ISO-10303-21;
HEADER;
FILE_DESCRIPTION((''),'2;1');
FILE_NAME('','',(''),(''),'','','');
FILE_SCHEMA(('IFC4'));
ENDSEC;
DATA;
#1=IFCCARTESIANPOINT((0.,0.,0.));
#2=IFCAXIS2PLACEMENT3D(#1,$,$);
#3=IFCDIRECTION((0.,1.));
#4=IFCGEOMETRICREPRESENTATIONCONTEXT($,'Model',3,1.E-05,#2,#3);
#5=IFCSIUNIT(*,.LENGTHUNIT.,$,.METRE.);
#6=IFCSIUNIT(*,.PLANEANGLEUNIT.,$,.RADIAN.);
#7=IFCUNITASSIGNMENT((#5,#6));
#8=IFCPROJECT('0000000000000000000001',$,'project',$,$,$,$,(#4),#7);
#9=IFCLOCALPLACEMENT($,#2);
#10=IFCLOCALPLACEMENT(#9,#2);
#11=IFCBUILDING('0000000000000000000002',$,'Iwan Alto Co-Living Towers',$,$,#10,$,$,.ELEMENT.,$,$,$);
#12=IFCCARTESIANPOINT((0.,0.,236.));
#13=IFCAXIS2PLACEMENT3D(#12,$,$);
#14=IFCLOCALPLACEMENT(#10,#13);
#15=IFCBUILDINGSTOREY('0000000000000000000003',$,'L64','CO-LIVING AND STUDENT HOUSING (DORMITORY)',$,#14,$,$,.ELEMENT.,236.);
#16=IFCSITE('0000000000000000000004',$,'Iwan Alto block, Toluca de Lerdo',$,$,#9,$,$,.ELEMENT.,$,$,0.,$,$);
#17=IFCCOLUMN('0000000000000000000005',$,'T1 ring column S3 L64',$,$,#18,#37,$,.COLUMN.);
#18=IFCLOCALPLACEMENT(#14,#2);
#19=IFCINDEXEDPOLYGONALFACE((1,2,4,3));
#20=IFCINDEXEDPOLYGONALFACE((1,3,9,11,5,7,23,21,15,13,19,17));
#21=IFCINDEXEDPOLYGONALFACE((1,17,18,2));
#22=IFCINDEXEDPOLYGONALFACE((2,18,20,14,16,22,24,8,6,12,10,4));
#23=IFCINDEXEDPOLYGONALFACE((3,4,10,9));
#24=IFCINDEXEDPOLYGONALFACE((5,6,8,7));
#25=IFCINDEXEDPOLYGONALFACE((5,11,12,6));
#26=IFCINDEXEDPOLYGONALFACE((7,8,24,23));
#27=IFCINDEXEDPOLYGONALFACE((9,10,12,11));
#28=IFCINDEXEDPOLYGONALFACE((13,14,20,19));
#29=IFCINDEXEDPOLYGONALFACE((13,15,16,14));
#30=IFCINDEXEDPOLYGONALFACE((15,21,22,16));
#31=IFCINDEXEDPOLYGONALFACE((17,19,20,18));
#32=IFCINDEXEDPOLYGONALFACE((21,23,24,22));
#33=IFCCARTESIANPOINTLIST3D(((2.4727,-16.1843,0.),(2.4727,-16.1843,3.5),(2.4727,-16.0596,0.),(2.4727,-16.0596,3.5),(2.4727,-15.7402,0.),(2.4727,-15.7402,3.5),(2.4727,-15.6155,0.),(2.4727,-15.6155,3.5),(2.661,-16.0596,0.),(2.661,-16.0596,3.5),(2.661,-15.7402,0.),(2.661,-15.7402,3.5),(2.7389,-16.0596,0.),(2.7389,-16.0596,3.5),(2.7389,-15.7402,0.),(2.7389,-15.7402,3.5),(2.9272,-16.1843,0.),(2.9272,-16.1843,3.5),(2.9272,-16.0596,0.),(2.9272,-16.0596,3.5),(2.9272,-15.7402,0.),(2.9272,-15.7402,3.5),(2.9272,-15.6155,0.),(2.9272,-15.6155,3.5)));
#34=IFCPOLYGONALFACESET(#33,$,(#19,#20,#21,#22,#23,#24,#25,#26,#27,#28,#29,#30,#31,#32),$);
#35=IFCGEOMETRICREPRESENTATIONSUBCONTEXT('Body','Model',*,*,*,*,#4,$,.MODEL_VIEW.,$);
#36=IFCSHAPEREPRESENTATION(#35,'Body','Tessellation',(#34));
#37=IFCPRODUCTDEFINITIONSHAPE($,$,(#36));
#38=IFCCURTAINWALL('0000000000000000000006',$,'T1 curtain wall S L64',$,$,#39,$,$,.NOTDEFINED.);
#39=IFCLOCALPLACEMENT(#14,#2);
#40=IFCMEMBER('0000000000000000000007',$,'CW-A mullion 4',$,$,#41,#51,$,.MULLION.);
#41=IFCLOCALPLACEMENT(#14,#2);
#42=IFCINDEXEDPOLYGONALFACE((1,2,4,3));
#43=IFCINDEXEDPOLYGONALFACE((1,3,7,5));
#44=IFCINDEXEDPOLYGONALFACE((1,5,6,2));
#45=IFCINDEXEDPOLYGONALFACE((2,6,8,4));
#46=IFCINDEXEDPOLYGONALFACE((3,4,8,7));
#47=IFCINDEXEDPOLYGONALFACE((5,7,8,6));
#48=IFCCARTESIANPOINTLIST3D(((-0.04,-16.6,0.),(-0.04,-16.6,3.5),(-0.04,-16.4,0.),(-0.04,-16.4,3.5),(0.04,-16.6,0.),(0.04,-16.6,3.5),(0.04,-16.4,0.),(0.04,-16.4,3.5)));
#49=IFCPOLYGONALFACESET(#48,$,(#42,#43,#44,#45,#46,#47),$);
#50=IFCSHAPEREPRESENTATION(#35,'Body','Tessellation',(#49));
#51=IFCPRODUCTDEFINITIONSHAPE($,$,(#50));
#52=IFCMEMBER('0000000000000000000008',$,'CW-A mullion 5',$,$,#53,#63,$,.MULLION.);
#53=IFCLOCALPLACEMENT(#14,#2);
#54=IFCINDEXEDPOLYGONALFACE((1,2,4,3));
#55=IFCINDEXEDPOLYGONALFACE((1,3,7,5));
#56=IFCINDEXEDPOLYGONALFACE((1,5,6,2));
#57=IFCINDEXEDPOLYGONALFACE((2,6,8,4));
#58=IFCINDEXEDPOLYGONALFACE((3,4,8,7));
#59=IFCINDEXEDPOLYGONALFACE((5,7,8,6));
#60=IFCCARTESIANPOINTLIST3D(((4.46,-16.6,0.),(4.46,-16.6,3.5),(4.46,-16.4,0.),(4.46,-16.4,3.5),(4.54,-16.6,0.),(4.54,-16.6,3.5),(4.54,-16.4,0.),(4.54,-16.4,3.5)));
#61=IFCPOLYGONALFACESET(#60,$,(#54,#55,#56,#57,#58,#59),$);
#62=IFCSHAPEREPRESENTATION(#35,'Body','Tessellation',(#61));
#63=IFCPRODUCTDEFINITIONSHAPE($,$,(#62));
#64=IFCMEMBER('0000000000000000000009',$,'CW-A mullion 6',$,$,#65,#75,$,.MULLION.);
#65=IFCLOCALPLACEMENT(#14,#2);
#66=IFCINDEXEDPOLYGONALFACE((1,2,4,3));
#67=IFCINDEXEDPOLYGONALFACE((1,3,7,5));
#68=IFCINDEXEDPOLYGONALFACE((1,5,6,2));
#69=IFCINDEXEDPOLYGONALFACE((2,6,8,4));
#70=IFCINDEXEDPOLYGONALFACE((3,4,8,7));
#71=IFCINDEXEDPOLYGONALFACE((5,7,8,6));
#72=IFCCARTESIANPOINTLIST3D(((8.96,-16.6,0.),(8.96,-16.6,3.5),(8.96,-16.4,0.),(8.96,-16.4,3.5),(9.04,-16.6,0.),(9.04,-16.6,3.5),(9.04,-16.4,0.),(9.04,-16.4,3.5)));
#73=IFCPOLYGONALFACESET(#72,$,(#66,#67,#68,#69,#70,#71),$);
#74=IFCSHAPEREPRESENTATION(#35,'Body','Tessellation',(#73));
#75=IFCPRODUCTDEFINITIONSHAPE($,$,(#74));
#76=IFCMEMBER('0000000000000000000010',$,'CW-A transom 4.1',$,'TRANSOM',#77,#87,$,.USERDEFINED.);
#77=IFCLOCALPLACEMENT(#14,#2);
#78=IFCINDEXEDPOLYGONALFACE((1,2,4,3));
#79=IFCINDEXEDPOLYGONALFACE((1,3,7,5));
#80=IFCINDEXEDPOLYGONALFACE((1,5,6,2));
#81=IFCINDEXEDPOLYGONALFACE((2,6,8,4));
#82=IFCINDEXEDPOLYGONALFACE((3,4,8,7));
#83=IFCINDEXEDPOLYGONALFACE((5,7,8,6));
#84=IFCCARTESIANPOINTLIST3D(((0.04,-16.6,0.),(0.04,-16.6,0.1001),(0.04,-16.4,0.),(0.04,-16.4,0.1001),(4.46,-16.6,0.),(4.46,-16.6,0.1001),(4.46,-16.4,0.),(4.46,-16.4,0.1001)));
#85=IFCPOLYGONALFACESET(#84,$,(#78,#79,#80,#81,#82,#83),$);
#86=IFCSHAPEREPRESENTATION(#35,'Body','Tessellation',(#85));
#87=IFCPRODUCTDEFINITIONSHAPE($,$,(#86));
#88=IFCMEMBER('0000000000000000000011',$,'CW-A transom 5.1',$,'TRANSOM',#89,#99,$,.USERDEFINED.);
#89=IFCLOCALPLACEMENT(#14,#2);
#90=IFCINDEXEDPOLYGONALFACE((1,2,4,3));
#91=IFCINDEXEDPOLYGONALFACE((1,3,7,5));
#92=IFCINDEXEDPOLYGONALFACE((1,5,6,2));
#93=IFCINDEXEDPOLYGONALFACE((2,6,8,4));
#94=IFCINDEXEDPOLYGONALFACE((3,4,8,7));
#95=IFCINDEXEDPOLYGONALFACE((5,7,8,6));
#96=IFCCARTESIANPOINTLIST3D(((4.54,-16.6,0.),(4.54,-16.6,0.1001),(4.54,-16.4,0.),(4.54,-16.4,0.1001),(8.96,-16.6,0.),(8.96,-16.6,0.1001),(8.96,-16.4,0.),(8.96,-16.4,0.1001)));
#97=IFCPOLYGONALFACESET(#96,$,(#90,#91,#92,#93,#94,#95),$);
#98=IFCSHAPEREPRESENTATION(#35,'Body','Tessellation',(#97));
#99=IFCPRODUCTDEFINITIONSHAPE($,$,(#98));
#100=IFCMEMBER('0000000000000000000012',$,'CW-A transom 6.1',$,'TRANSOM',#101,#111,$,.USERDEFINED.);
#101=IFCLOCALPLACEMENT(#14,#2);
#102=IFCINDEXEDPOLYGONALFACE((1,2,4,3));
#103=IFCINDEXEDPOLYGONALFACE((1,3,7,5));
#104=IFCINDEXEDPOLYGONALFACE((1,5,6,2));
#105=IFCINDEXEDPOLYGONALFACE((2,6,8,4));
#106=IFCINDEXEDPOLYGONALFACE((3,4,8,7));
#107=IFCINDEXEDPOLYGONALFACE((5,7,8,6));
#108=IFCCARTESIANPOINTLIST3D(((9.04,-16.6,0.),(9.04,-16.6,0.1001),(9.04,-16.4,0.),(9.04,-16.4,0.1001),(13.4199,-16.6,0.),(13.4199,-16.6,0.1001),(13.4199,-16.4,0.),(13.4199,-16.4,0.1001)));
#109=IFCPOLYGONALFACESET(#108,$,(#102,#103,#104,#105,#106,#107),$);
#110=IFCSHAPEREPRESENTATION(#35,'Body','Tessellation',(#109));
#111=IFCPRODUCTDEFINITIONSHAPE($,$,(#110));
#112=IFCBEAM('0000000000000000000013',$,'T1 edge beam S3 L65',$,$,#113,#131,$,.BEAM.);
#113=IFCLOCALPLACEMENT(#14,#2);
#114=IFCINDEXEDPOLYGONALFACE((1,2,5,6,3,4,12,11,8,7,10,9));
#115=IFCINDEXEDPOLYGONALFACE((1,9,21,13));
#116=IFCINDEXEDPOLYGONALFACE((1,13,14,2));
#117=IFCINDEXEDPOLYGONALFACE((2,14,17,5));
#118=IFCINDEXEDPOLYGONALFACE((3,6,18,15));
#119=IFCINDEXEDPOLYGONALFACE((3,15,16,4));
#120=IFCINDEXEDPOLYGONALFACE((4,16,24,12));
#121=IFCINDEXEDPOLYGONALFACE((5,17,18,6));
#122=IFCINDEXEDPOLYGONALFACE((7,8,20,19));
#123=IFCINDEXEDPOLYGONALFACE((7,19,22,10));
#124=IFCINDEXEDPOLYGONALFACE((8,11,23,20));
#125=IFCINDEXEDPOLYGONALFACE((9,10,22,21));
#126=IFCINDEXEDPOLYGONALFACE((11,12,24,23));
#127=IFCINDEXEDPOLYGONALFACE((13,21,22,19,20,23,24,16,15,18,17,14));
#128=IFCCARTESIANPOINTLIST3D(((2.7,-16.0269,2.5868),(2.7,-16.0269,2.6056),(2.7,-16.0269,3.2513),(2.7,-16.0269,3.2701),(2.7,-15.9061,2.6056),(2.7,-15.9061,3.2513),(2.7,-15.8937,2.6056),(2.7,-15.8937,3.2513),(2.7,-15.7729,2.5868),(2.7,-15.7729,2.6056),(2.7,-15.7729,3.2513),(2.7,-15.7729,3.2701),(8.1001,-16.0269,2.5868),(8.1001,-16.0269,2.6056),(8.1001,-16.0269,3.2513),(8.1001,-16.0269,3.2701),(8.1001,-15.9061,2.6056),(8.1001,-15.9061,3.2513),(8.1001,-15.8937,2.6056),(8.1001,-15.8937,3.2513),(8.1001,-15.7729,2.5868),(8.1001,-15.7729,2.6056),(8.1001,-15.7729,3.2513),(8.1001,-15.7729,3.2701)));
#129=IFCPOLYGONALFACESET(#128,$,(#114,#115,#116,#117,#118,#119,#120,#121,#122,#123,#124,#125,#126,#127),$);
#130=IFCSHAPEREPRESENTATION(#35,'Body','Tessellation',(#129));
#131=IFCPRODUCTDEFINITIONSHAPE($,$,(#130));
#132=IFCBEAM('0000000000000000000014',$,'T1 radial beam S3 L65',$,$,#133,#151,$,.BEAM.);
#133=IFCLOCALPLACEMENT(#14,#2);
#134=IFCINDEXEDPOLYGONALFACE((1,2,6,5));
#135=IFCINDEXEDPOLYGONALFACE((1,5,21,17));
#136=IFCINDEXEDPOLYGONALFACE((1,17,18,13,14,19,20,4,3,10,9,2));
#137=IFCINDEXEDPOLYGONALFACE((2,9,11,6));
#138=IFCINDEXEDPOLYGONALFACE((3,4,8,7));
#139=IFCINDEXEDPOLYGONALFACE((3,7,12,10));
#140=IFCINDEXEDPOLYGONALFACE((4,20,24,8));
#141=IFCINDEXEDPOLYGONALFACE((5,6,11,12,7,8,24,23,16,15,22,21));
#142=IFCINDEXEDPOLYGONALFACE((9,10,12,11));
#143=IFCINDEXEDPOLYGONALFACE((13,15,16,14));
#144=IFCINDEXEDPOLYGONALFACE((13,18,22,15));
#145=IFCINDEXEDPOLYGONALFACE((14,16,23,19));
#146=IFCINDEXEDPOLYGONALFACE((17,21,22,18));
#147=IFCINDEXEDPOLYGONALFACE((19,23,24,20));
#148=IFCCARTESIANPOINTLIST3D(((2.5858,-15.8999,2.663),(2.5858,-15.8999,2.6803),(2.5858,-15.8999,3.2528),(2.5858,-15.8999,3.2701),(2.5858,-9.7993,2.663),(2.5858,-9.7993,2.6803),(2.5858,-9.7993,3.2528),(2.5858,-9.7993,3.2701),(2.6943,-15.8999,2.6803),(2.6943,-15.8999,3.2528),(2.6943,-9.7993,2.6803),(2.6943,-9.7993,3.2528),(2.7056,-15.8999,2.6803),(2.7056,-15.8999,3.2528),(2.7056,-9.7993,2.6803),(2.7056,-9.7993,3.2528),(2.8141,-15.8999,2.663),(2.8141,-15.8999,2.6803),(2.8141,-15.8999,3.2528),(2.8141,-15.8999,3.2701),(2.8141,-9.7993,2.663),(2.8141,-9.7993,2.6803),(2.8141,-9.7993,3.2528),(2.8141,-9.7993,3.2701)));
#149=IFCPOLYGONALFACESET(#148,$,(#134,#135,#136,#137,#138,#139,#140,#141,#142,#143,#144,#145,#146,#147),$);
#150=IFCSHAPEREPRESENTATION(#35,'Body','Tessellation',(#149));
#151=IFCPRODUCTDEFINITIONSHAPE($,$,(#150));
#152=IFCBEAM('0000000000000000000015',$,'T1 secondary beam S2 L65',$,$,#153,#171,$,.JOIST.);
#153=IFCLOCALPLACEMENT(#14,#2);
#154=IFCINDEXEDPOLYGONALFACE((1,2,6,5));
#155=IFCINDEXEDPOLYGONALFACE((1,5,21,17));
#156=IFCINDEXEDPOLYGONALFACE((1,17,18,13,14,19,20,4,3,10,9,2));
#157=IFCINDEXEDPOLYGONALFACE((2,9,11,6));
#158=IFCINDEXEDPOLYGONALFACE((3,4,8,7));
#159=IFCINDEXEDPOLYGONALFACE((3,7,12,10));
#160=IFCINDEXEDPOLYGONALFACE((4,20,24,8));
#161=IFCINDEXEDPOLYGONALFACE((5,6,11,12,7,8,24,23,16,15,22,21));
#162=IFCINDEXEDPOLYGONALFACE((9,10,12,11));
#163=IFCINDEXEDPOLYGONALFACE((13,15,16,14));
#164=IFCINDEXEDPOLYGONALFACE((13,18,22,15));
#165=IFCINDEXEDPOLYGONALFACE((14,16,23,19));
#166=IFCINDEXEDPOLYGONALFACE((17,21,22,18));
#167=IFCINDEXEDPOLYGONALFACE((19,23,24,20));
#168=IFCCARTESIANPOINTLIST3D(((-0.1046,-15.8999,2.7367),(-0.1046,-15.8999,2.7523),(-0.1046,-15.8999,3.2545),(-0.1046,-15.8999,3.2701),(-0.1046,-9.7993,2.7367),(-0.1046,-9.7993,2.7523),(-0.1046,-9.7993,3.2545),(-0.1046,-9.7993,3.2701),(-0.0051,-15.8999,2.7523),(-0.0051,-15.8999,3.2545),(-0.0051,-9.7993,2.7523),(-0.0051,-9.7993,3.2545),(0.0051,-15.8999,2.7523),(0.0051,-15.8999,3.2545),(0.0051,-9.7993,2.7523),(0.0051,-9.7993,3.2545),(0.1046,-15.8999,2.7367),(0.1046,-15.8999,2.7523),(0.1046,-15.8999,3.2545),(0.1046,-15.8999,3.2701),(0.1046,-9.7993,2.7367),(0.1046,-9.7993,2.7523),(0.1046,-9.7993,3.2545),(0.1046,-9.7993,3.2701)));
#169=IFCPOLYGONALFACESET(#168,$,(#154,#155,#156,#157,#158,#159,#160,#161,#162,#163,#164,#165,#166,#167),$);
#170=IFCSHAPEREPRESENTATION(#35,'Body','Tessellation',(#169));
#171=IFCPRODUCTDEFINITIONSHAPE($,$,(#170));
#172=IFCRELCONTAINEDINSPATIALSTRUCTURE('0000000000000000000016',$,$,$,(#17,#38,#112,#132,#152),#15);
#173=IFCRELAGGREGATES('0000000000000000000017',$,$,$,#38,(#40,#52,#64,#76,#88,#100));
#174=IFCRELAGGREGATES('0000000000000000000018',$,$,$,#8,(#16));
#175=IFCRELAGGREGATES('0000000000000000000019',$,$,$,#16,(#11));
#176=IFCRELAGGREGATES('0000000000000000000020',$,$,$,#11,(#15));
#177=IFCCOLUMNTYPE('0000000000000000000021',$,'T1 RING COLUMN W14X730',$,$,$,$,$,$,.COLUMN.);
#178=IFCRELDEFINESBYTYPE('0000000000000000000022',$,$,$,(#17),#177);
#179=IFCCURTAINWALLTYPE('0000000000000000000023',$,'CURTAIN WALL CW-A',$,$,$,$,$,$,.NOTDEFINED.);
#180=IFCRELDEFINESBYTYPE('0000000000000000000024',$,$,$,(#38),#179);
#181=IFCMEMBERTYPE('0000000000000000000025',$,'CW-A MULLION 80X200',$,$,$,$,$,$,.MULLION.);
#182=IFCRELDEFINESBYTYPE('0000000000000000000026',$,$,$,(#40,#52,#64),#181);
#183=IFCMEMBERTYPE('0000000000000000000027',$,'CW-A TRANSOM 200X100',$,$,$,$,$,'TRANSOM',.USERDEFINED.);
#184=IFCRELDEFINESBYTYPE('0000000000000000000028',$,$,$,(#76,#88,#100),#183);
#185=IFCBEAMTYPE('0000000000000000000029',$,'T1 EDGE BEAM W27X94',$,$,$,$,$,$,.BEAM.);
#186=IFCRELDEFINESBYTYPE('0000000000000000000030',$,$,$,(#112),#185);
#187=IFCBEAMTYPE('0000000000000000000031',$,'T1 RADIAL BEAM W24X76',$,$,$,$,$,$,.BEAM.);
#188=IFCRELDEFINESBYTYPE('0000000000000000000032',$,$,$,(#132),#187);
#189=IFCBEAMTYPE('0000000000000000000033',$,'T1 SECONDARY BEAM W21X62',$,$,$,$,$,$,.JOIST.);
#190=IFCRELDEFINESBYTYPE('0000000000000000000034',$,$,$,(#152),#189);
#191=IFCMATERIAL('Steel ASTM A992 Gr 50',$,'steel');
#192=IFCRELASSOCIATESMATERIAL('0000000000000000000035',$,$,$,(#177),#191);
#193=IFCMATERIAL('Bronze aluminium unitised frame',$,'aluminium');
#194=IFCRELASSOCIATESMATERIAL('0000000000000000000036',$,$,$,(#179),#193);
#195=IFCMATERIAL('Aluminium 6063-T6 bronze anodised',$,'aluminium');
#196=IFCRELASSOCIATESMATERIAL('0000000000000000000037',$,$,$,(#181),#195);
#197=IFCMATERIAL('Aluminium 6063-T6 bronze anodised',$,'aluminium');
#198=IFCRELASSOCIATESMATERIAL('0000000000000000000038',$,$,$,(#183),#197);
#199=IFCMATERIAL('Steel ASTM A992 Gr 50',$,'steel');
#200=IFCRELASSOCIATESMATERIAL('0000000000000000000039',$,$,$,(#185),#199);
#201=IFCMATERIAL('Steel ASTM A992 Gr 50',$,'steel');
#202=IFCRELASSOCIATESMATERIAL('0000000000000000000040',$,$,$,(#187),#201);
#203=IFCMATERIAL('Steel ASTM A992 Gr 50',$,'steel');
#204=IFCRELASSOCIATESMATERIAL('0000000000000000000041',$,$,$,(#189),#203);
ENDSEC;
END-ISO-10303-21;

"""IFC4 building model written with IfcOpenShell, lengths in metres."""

from ifc_helpers import new_model, si_unit, direction, frame, origin, origin_2d, place, context, subcontext, project, spatial, rectangle, i_section, extrude, material, material_profile, profile_set, type_object, element, aggregate, save


model = new_model("IFC4")

# Units and contexts
model_context = context("Model", 3, precision=1e-05, world=origin(), true_north=direction((0.0, 1.0)))
body_context = subcontext(model_context, "Body", "Model", "MODEL_VIEW")
ifc_project = project(units=[si_unit("LENGTHUNIT", "METRE"), si_unit("PLANEANGLEUNIT", "RADIAN")], contexts=[model_context])

# Site, building, storey
site_placement = place(None, origin())
site = spatial("IfcSite", under=ifc_project, at=site_placement, Name="Iwan Alto block, Toluca de Lerdo", CompositionType="ELEMENT", RefElevation=0.0)
building_placement = place(site_placement, origin())
building = spatial("IfcBuilding", under=site, at=building_placement, Name="Iwan Alto Co-Living Towers", CompositionType="ELEMENT")
storey_placement = place(building_placement, frame((0.0, 0.0, 236.0)))
storey = spatial("IfcBuildingStorey", under=building, at=storey_placement, Name="L64", Description="CO-LIVING AND STUDENT HOUSING (DORMITORY)", CompositionType="ELEMENT", Elevation=236.0)

# Column
ifc_material_1 = material(Name="Steel ASTM A992 Gr 50", Category="steel")
ifc_material_profile_1 = material_profile(ifc_material_1, i_section(OverallWidth=0.4546, OverallDepth=0.5688, WebThickness=0.0779, FlangeThickness=0.1248, at=origin_2d()), Name="W14X730")
ifc_profile_set_1 = profile_set([ifc_material_profile_1], Name="Steel ASTM A992 Gr 50")
column_type = type_object("IfcColumnType", Name="T1 RING COLUMN W14X730", PredefinedType="COLUMN", material=ifc_profile_set_1)
column_placement = place(storey_placement, frame((2.7, -15.8999, 0.0), z_axis=(0.0, 0.0, 1.0), x_axis=(1.0, 0.0, 0.0)))
element("IfcColumn", 1, at=column_placement, inside=storey, type_object=column_type, Name="T1 ring column S3 L64", PredefinedType="COLUMN", context=body_context, shape_type="SweptSolid", body=[
    extrude(i_section(OverallWidth=0.4546, OverallDepth=0.5688, WebThickness=0.0779, FlangeThickness=0.1248, at=origin_2d()), origin(), (0.0, 0.0, 1.0), 3.5),
])

# Curtain wall, members
ifc_material_2 = material(Name="Bronze aluminium unitised frame", Category="aluminium")
curtain_wall_type = type_object("IfcCurtainWallType", Name="CURTAIN WALL CW-A", PredefinedType="NOTDEFINED", material=ifc_material_2)
curtain_wall_placement = place(storey_placement, origin())
curtain_wall = element("IfcCurtainWall", 2, at=curtain_wall_placement, inside=storey, type_object=curtain_wall_type, Name="T1 curtain wall S L64", PredefinedType="NOTDEFINED")
ifc_material_3 = material(Name="Aluminium 6063-T6 bronze anodised", Category="aluminium")
ifc_material_profile_2 = material_profile(ifc_material_3, rectangle(XDim=0.2, YDim=0.0801, at=origin_2d()), Name="AL 80X200")
ifc_profile_set_2 = profile_set([ifc_material_profile_2], Name="Aluminium 6063-T6 bronze anodised")
member_type_1 = type_object("IfcMemberType", Name="CW-A MULLION 80X200", PredefinedType="MULLION", material=ifc_profile_set_2)
member_1_placement = place(storey_placement, frame((0.0, -16.5, 0.0), z_axis=(0.0, 0.0, 1.0), x_axis=(0.0, 1.0, 0.0)))
member_1 = element("IfcMember", 3, at=member_1_placement, type_object=member_type_1, Name="CW-A mullion 4", PredefinedType="MULLION", context=body_context, shape_type="SweptSolid", body=[
    extrude(rectangle(XDim=0.2, YDim=0.0801, at=origin_2d()), origin(), (0.0, 0.0, 1.0), 3.5),
])
member_2_placement = place(storey_placement, frame((4.5, -16.5, 0.0), z_axis=(0.0, 0.0, 1.0), x_axis=(0.0, 1.0, 0.0)))
member_2 = element("IfcMember", 4, at=member_2_placement, type_object=member_type_1, Name="CW-A mullion 5", PredefinedType="MULLION", context=body_context, shape_type="SweptSolid", body=[
    extrude(rectangle(XDim=0.2, YDim=0.0801, at=origin_2d()), origin(), (0.0, 0.0, 1.0), 3.5),
])
member_3_placement = place(storey_placement, frame((9.0, -16.5, 0.0), z_axis=(0.0, 0.0, 1.0), x_axis=(0.0, 1.0, 0.0)))
member_3 = element("IfcMember", 5, at=member_3_placement, type_object=member_type_1, Name="CW-A mullion 6", PredefinedType="MULLION", context=body_context, shape_type="SweptSolid", body=[
    extrude(rectangle(XDim=0.2, YDim=0.0801, at=origin_2d()), origin(), (0.0, 0.0, 1.0), 3.5),
])
ifc_material_4 = material(Name="Aluminium 6063-T6 bronze anodised", Category="aluminium")
ifc_material_profile_3 = material_profile(ifc_material_4, rectangle(XDim=0.2, YDim=0.1001, at=origin_2d()), Name="AL 200X100")
ifc_profile_set_3 = profile_set([ifc_material_profile_3], Name="Aluminium 6063-T6 bronze anodised")
member_type_2 = type_object("IfcMemberType", Name="CW-A TRANSOM 200X100", ElementType="TRANSOM", PredefinedType="USERDEFINED", material=ifc_profile_set_3)
member_4_placement = place(storey_placement, frame((0.04, -16.5, 0.05), z_axis=(1.0, 0.0, 0.0), x_axis=(0.0, 1.0, 0.0)))
member_4 = element("IfcMember", 6, at=member_4_placement, type_object=member_type_2, Name="CW-A transom 4.1", ObjectType="TRANSOM", PredefinedType="USERDEFINED", context=body_context, shape_type="SweptSolid", body=[
    extrude(rectangle(XDim=0.2, YDim=0.1001, at=origin_2d()), origin(), (0.0, 0.0, 1.0), 4.4199),
])
member_5_placement = place(storey_placement, frame((4.54, -16.5, 0.05), z_axis=(1.0, 0.0, 0.0), x_axis=(0.0, 1.0, 0.0)))
member_5 = element("IfcMember", 7, at=member_5_placement, type_object=member_type_2, Name="CW-A transom 5.1", ObjectType="TRANSOM", PredefinedType="USERDEFINED", context=body_context, shape_type="SweptSolid", body=[
    extrude(rectangle(XDim=0.2, YDim=0.1001, at=origin_2d()), origin(), (0.0, 0.0, 1.0), 4.4199),
])
member_6_placement = place(storey_placement, frame((9.04, -16.5, 0.05), z_axis=(1.0, 0.0, 0.0), x_axis=(0.0, 1.0, 0.0)))
member_6 = element("IfcMember", 8, at=member_6_placement, type_object=member_type_2, Name="CW-A transom 6.1", ObjectType="TRANSOM", PredefinedType="USERDEFINED", context=body_context, shape_type="SweptSolid", body=[
    extrude(rectangle(XDim=0.2, YDim=0.1001, at=origin_2d()), origin(), (0.0, 0.0, 1.0), 4.3799),
])

# Beams
ifc_material_5 = material(Name="Steel ASTM A992 Gr 50", Category="steel")
ifc_material_profile_4 = material_profile(ifc_material_5, i_section(OverallWidth=0.2539, OverallDepth=0.6833, WebThickness=0.0125, FlangeThickness=0.0188, at=origin_2d()), Name="W27X94")
ifc_profile_set_4 = profile_set([ifc_material_profile_4], Name="Steel ASTM A992 Gr 50")
beam_type_1 = type_object("IfcBeamType", Name="T1 EDGE BEAM W27X94", PredefinedType="BEAM", material=ifc_profile_set_4)
beam_1_placement = place(storey_placement, frame((2.7, -15.8999, 2.9285), z_axis=(1.0, 0.0, 0.0), x_axis=(0.0, 1.0, 0.0)))
element("IfcBeam", 9, at=beam_1_placement, inside=storey, type_object=beam_type_1, Name="T1 edge beam S3 L65", PredefinedType="BEAM", context=body_context, shape_type="SweptSolid", body=[
    extrude(i_section(OverallWidth=0.2539, OverallDepth=0.6833, WebThickness=0.0125, FlangeThickness=0.0188, at=origin_2d()), origin(), (0.0, 0.0, 1.0), 5.4001),
])
ifc_material_6 = material(Name="Steel ASTM A992 Gr 50", Category="steel")
ifc_material_profile_5 = material_profile(ifc_material_6, i_section(OverallWidth=0.2283, OverallDepth=0.6072, WebThickness=0.0112, FlangeThickness=0.0173, at=origin_2d()), Name="W24X76")
ifc_profile_set_5 = profile_set([ifc_material_profile_5], Name="Steel ASTM A992 Gr 50")
beam_type_2 = type_object("IfcBeamType", Name="T1 RADIAL BEAM W24X76", PredefinedType="BEAM", material=ifc_profile_set_5)
beam_2_placement = place(storey_placement, frame((2.7, -15.8999, 2.9666), z_axis=(0.0, 1.0, 0.0), x_axis=(-1.0, 0.0, 0.0)))
element("IfcBeam", 10, at=beam_2_placement, inside=storey, type_object=beam_type_2, Name="T1 radial beam S3 L65", PredefinedType="BEAM", context=body_context, shape_type="SweptSolid", body=[
    extrude(i_section(OverallWidth=0.2283, OverallDepth=0.6072, WebThickness=0.0112, FlangeThickness=0.0173, at=origin_2d()), origin(), (0.0, 0.0, 1.0), 6.1006),
])
ifc_material_7 = material(Name="Steel ASTM A992 Gr 50", Category="steel")
ifc_material_profile_6 = material_profile(ifc_material_7, i_section(OverallWidth=0.2092, OverallDepth=0.5334, WebThickness=0.0103, FlangeThickness=0.0156, at=origin_2d()), Name="W21X62")
ifc_profile_set_6 = profile_set([ifc_material_profile_6], Name="Steel ASTM A992 Gr 50")
beam_type_3 = type_object("IfcBeamType", Name="T1 SECONDARY BEAM W21X62", PredefinedType="JOIST", material=ifc_profile_set_6)
for number, where, z_axis, x_axis, name in (
    (11, (0.0, -15.8999, 3.0034), (0.0, 1.0, 0.0), (-1.0, 0.0, 0.0), "T1 secondary beam S2 L65"),
):
    element("IfcBeam", number, at=place(storey_placement, frame(where, z_axis=z_axis, x_axis=x_axis)), inside=storey, type_object=beam_type_3, Name=name, PredefinedType="JOIST", context=body_context, shape_type="SweptSolid", body=[
        extrude(i_section(OverallWidth=0.2092, OverallDepth=0.5334, WebThickness=0.0103, FlangeThickness=0.0156, at=origin_2d()), origin(), (0.0, 0.0, 1.0), 6.1006),
    ])

aggregate(curtain_wall, [member_1, member_2, member_3, member_4, member_5, member_6])

save(model, "model.ifc")
